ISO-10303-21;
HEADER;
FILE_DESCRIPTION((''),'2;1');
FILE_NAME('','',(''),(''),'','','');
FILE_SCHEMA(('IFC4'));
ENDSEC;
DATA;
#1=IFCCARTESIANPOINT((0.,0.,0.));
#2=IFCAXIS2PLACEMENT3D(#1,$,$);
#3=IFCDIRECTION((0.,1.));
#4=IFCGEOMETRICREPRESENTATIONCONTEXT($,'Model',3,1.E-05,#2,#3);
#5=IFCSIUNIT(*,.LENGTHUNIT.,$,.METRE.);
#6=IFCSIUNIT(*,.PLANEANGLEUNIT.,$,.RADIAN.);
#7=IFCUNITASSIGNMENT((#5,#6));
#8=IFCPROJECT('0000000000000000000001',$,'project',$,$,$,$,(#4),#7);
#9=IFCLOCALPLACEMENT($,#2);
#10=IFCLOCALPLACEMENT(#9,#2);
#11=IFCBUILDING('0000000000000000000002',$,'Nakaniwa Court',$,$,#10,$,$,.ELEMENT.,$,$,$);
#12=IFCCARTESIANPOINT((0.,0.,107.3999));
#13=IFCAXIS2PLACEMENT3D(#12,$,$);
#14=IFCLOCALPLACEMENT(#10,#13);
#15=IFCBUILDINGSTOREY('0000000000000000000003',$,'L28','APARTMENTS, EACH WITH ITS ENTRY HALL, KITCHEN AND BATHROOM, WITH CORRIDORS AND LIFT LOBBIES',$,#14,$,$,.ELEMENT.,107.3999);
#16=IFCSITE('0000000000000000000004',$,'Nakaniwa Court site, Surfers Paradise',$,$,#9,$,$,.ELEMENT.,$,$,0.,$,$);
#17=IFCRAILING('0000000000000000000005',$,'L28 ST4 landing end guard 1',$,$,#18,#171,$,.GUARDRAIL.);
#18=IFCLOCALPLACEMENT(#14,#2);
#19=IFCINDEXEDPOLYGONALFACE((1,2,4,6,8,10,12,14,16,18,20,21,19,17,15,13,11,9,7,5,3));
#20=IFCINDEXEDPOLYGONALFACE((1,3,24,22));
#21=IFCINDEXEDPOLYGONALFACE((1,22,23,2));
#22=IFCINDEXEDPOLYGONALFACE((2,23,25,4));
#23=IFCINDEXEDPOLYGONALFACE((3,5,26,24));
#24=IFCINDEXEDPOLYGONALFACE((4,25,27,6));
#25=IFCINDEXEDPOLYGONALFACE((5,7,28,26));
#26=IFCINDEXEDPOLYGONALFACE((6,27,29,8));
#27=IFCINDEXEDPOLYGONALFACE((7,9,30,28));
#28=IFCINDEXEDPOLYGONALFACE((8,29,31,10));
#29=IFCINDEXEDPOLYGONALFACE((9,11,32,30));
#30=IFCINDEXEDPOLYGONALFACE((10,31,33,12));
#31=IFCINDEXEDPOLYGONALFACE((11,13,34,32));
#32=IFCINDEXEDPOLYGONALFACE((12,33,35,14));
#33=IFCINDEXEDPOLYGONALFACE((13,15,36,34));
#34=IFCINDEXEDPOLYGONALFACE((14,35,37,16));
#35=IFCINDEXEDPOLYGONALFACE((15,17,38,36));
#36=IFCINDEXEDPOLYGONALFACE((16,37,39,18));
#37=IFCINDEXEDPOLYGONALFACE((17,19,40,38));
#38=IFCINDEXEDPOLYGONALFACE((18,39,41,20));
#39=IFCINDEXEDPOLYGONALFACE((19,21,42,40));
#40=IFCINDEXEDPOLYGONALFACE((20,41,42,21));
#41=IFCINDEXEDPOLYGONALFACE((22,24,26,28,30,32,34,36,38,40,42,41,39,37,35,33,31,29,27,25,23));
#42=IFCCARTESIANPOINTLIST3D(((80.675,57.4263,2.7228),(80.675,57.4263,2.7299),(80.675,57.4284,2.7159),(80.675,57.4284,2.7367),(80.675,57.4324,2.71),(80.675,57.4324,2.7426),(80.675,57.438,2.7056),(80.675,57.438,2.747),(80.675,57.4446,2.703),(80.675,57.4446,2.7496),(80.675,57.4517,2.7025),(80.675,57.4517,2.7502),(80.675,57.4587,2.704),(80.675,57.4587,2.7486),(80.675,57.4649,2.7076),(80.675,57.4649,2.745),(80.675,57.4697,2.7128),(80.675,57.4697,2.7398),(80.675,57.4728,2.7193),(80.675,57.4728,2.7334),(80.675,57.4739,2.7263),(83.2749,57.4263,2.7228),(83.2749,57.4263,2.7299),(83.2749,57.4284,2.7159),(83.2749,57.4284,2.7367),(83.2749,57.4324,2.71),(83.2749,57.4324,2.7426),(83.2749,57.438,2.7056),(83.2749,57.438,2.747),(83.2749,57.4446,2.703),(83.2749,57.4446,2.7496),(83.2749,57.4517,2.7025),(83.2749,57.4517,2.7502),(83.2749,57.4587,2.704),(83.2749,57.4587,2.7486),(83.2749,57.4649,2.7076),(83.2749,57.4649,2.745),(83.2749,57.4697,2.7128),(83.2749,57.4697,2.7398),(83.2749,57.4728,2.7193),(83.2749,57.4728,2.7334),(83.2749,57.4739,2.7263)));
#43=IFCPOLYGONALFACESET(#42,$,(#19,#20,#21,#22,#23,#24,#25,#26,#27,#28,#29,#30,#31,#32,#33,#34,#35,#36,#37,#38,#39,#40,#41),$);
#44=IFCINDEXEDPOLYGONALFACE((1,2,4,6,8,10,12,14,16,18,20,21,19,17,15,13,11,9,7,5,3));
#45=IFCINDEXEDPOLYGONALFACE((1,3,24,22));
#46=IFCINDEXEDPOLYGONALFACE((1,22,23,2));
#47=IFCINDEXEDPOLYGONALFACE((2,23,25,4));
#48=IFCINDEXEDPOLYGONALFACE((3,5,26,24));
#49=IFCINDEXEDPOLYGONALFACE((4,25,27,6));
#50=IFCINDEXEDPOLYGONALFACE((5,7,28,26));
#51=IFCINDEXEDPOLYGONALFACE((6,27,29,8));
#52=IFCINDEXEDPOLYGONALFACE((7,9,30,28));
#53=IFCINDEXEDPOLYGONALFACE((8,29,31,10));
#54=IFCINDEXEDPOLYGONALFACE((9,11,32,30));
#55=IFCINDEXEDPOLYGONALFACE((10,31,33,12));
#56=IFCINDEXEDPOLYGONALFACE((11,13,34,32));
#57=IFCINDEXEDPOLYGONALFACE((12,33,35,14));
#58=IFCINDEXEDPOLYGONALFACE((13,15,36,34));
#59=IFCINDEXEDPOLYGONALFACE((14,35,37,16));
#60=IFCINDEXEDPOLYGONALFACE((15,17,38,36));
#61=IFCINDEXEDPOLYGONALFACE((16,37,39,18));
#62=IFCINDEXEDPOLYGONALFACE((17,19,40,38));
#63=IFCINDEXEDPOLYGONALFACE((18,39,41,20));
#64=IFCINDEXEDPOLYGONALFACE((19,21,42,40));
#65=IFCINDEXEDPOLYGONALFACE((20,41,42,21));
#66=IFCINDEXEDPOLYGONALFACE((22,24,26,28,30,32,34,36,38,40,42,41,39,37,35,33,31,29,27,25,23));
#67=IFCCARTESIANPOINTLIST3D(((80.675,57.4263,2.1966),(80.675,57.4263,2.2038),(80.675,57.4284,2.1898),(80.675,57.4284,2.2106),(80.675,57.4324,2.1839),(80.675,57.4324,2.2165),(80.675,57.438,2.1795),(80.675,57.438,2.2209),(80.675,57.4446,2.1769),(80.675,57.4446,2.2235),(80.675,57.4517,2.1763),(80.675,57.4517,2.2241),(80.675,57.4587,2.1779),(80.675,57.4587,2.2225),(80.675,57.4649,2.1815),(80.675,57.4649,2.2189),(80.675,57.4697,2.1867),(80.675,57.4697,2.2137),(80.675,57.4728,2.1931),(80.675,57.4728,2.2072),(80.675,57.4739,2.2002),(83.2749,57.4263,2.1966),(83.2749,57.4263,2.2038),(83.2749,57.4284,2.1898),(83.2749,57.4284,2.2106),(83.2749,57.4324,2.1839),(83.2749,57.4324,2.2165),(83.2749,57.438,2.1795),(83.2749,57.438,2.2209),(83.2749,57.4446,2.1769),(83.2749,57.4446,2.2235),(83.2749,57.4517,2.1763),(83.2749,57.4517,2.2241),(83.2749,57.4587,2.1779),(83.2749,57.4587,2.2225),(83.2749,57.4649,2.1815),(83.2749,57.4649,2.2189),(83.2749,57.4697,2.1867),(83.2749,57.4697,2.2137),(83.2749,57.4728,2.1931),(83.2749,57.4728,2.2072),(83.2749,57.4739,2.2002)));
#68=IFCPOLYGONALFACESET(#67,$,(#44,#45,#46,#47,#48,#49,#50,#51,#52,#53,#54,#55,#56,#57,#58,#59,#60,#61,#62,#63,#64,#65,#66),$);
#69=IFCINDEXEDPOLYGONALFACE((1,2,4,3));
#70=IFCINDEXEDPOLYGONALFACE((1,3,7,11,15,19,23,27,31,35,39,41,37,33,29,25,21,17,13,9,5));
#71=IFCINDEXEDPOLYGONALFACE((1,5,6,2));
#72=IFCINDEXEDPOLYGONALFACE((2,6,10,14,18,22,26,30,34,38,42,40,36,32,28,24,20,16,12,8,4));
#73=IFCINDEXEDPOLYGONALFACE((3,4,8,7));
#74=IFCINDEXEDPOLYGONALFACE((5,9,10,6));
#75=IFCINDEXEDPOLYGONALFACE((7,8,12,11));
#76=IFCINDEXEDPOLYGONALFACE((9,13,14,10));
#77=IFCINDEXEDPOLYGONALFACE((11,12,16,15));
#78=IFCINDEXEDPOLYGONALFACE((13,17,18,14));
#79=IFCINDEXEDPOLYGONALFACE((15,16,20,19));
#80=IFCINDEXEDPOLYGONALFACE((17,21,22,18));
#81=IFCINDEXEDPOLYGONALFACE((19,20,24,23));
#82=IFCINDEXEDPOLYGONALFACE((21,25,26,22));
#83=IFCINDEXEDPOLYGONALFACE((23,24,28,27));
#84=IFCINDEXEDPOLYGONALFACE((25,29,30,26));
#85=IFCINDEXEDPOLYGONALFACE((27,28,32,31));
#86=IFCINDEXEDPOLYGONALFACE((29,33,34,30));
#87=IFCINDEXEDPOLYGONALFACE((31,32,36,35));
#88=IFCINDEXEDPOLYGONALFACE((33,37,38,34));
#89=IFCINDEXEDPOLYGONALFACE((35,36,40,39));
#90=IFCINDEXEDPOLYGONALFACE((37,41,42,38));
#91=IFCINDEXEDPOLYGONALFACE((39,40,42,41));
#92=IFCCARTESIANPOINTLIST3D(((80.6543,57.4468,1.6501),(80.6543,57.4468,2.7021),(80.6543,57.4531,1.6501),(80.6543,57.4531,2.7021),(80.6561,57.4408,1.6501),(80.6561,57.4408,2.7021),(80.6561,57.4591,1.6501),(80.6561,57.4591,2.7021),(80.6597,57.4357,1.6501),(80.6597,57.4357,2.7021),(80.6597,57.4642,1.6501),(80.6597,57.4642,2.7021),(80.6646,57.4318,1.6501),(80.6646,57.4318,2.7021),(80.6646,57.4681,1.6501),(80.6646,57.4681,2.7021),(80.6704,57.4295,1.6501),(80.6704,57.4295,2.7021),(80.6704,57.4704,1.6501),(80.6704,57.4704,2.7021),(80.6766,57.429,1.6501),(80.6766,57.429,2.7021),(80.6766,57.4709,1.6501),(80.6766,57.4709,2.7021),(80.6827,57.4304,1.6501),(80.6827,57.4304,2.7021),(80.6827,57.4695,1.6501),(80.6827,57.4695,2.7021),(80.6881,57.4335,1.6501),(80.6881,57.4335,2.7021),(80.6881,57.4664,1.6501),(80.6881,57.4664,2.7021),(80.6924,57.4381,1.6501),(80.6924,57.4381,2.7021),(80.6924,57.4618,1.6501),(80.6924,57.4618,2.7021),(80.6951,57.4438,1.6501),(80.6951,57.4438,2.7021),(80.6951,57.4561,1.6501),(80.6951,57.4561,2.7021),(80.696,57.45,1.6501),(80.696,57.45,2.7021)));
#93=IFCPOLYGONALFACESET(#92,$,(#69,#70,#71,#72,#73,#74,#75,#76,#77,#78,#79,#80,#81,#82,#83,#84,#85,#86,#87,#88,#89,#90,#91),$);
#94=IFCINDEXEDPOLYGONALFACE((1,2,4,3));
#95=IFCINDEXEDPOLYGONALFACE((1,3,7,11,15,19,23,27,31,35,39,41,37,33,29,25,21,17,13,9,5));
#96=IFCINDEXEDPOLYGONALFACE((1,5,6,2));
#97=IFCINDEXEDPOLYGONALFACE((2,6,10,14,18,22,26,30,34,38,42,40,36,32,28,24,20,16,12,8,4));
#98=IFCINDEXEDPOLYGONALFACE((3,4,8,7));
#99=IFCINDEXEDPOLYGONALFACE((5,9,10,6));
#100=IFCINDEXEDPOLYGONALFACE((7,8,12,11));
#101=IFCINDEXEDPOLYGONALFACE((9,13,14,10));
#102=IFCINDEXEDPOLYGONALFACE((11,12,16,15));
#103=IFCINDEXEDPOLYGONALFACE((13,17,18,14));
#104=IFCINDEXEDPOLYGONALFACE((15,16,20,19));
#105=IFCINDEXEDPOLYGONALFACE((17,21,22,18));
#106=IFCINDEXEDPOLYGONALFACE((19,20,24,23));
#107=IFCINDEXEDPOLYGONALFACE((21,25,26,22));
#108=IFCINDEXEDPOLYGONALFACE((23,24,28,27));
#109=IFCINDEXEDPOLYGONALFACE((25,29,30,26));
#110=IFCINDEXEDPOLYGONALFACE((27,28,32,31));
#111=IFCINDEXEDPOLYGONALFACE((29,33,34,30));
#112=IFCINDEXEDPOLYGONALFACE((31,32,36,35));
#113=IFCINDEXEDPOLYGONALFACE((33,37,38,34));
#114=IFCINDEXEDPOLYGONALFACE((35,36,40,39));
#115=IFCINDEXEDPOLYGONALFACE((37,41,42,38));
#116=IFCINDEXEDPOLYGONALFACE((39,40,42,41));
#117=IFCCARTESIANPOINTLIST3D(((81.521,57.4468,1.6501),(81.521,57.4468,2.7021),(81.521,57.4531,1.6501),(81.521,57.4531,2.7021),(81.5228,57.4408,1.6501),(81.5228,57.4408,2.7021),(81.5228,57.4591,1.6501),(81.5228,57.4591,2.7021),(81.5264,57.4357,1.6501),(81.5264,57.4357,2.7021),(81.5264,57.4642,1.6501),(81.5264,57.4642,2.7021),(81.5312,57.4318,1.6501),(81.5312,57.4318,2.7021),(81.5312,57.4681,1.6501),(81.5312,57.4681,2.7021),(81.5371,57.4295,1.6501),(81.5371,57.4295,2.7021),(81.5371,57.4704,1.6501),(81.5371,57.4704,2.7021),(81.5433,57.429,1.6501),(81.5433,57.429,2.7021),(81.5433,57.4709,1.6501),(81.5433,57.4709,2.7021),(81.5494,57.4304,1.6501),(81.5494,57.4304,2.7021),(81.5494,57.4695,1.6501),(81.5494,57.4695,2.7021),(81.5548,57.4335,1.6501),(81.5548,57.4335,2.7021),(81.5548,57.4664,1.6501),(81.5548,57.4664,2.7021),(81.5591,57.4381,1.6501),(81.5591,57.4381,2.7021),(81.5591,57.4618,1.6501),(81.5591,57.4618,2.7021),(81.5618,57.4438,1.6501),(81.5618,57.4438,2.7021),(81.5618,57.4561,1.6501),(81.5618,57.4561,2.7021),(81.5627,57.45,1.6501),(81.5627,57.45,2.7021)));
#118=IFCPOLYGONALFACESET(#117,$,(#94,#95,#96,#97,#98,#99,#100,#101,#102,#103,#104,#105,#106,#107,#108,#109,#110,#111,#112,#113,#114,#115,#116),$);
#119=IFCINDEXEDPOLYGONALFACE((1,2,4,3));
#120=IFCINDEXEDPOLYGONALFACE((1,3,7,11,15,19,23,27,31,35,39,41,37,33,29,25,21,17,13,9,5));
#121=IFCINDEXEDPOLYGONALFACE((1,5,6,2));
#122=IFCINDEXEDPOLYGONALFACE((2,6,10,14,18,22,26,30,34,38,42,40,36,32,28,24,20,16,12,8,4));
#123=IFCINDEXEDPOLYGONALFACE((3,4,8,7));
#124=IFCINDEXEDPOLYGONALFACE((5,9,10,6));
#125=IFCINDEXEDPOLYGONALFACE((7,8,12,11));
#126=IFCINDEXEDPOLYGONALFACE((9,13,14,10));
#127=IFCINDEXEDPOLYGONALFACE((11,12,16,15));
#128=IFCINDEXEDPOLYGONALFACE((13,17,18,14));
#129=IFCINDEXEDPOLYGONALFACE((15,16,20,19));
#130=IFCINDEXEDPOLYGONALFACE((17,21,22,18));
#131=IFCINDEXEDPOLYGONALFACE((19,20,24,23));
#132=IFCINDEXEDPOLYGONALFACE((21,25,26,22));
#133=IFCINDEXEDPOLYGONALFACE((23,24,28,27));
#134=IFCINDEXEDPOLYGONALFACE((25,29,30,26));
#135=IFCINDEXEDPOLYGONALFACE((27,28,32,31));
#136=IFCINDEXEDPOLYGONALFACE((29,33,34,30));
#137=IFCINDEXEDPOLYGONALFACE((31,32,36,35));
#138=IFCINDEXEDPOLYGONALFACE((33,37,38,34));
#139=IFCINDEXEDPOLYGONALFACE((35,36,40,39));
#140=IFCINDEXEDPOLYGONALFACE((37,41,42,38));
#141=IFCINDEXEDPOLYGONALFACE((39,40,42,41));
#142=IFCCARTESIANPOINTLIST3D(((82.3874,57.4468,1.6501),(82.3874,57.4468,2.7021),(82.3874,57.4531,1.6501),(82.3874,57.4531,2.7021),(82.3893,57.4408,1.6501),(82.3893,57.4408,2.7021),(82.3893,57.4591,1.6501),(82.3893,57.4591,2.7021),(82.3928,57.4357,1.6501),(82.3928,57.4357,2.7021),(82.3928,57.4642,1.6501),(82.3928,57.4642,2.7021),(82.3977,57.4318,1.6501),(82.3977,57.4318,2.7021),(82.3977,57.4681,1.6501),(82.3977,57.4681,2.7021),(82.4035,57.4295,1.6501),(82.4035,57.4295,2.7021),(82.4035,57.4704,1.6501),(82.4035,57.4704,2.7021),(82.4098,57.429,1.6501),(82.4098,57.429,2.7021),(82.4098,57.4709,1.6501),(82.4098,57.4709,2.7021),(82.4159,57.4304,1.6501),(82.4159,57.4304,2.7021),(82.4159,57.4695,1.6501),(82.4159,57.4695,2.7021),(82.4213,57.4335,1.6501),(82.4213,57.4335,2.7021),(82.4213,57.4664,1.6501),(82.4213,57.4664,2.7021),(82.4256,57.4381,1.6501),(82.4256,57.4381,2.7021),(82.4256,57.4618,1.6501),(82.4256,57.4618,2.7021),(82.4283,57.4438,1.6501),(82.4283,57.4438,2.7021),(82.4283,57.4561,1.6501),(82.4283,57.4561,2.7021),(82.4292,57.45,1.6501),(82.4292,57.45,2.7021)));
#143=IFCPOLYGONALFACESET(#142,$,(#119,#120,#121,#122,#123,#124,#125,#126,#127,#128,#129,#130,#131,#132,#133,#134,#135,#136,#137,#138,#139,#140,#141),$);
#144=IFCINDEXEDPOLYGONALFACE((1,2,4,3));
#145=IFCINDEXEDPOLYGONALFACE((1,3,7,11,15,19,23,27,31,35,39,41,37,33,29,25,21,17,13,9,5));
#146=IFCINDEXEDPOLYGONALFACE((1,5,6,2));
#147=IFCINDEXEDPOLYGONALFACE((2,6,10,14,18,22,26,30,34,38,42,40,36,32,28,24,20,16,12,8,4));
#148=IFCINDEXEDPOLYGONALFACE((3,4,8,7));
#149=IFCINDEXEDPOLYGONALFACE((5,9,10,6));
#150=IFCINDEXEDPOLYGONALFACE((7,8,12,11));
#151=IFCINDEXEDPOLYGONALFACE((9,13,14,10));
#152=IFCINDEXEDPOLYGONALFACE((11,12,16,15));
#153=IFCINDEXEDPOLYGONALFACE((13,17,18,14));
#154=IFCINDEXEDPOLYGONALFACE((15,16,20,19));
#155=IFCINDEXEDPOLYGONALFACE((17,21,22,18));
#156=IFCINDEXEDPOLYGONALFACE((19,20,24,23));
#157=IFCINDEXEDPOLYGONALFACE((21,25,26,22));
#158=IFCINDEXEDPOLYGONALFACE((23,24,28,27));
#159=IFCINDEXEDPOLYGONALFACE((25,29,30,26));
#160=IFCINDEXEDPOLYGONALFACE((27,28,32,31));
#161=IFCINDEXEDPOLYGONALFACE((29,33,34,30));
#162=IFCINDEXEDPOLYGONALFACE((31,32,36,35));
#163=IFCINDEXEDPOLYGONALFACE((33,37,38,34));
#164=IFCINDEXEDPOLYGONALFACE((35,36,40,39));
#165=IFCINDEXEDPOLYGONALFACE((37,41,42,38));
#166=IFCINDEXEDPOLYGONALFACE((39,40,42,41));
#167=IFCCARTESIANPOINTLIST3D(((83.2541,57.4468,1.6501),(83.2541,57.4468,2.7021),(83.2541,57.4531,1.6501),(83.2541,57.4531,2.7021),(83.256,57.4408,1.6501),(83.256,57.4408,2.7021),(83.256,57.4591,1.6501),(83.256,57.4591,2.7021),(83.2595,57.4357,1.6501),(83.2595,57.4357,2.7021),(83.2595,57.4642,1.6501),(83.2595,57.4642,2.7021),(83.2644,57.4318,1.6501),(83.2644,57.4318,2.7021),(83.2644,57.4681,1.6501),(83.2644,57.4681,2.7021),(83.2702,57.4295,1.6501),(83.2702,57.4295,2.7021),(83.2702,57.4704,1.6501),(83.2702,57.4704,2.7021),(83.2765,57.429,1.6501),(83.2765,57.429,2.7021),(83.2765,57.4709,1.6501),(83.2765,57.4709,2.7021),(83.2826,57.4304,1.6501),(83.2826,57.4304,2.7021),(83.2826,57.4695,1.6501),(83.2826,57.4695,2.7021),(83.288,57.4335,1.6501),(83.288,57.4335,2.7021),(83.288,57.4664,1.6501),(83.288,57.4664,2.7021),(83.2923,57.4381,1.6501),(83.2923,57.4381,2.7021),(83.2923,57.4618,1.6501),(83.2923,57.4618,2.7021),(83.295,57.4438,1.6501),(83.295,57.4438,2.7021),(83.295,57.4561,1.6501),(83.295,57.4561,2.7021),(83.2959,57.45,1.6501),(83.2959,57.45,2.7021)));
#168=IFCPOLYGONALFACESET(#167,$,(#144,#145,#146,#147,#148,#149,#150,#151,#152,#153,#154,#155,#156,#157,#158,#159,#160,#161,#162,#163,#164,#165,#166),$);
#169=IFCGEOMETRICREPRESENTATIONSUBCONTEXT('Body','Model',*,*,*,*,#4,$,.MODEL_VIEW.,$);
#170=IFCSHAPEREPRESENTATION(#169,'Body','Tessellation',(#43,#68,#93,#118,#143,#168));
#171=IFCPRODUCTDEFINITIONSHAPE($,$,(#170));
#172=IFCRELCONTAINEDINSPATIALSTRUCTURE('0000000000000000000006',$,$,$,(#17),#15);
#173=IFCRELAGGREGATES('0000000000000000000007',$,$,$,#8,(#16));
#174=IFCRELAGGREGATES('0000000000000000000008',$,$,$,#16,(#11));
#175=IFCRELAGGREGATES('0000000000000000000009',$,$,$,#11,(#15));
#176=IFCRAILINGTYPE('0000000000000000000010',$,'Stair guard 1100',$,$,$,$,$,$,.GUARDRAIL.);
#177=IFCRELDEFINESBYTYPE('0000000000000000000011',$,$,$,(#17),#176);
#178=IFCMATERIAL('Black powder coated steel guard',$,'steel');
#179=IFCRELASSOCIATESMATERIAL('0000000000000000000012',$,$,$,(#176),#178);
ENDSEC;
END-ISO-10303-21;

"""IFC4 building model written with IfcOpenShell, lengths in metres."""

from ifc_helpers import new_model, si_unit, direction, frame, origin, origin_2d, place, context, subcontext, project, spatial, circle, extrude, material, type_object, element, save


model = new_model("IFC4")

# Units and contexts
model_context = context("Model", 3, precision=1e-05, world=origin(), true_north=direction((0.0, 1.0)))
body_context = subcontext(model_context, "Body", "Model", "MODEL_VIEW")
ifc_project = project(units=[si_unit("LENGTHUNIT", "METRE"), si_unit("PLANEANGLEUNIT", "RADIAN")], contexts=[model_context])

# Site, building, storey
site_placement = place(None, origin())
site = spatial("IfcSite", under=ifc_project, at=site_placement, Name="Nakaniwa Court site, Surfers Paradise", CompositionType="ELEMENT", RefElevation=0.0)
building_placement = place(site_placement, origin())
building = spatial("IfcBuilding", under=site, at=building_placement, Name="Nakaniwa Court", CompositionType="ELEMENT")
storey_placement = place(building_placement, frame((0.0, 0.0, 107.3999)))
storey = spatial("IfcBuildingStorey", under=building, at=storey_placement, Name="L28", Description="APARTMENTS, EACH WITH ITS ENTRY HALL, KITCHEN AND BATHROOM, WITH CORRIDORS AND LIFT LOBBIES", CompositionType="ELEMENT", Elevation=107.3999)

# Railing
ifc_material_1 = material(Name="Black powder coated steel guard", Category="steel")
railing_type_1 = type_object("IfcRailingType", Name="Stair guard 1100", PredefinedType="GUARDRAIL", material=ifc_material_1)
railing_1_placement = place(storey_placement, frame((80.675, 57.45, 1.6501)))
element("IfcRailing", 1, at=railing_1_placement, inside=storey, type_object=railing_type_1, Name="L28 ST4 landing end guard 1", PredefinedType="GUARDRAIL", context=body_context, shape_type="SweptSolid", body=[
    extrude(circle(Radius=0.0239, at=origin_2d()), frame((0.0, 0.0, 1.0762), z_axis=(1.0, 0.0, 0.0), x_axis=(0.0, 1.0, 0.0)), (0.0, 0.0, 1.0), 2.5999),
    extrude(circle(Radius=0.0239, at=origin_2d()), frame((0.0, 0.0, 0.55), z_axis=(1.0, 0.0, 0.0), x_axis=(0.0, 1.0, 0.0)), (0.0, 0.0, 1.0), 2.5999),
    extrude(circle(Radius=0.021, at=origin_2d()), origin(), (0.0, 0.0, 1.0), 1.052),
    extrude(circle(Radius=0.021, at=origin_2d()), frame((0.8667, 0.0, 0.0)), (0.0, 0.0, 1.0), 1.052),
    extrude(circle(Radius=0.021, at=origin_2d()), frame((1.7332, 0.0, 0.0)), (0.0, 0.0, 1.0), 1.052),
    extrude(circle(Radius=0.021, at=origin_2d()), frame((2.5999, 0.0, 0.0)), (0.0, 0.0, 1.0), 1.052),
])

save(model, "model.ifc")
